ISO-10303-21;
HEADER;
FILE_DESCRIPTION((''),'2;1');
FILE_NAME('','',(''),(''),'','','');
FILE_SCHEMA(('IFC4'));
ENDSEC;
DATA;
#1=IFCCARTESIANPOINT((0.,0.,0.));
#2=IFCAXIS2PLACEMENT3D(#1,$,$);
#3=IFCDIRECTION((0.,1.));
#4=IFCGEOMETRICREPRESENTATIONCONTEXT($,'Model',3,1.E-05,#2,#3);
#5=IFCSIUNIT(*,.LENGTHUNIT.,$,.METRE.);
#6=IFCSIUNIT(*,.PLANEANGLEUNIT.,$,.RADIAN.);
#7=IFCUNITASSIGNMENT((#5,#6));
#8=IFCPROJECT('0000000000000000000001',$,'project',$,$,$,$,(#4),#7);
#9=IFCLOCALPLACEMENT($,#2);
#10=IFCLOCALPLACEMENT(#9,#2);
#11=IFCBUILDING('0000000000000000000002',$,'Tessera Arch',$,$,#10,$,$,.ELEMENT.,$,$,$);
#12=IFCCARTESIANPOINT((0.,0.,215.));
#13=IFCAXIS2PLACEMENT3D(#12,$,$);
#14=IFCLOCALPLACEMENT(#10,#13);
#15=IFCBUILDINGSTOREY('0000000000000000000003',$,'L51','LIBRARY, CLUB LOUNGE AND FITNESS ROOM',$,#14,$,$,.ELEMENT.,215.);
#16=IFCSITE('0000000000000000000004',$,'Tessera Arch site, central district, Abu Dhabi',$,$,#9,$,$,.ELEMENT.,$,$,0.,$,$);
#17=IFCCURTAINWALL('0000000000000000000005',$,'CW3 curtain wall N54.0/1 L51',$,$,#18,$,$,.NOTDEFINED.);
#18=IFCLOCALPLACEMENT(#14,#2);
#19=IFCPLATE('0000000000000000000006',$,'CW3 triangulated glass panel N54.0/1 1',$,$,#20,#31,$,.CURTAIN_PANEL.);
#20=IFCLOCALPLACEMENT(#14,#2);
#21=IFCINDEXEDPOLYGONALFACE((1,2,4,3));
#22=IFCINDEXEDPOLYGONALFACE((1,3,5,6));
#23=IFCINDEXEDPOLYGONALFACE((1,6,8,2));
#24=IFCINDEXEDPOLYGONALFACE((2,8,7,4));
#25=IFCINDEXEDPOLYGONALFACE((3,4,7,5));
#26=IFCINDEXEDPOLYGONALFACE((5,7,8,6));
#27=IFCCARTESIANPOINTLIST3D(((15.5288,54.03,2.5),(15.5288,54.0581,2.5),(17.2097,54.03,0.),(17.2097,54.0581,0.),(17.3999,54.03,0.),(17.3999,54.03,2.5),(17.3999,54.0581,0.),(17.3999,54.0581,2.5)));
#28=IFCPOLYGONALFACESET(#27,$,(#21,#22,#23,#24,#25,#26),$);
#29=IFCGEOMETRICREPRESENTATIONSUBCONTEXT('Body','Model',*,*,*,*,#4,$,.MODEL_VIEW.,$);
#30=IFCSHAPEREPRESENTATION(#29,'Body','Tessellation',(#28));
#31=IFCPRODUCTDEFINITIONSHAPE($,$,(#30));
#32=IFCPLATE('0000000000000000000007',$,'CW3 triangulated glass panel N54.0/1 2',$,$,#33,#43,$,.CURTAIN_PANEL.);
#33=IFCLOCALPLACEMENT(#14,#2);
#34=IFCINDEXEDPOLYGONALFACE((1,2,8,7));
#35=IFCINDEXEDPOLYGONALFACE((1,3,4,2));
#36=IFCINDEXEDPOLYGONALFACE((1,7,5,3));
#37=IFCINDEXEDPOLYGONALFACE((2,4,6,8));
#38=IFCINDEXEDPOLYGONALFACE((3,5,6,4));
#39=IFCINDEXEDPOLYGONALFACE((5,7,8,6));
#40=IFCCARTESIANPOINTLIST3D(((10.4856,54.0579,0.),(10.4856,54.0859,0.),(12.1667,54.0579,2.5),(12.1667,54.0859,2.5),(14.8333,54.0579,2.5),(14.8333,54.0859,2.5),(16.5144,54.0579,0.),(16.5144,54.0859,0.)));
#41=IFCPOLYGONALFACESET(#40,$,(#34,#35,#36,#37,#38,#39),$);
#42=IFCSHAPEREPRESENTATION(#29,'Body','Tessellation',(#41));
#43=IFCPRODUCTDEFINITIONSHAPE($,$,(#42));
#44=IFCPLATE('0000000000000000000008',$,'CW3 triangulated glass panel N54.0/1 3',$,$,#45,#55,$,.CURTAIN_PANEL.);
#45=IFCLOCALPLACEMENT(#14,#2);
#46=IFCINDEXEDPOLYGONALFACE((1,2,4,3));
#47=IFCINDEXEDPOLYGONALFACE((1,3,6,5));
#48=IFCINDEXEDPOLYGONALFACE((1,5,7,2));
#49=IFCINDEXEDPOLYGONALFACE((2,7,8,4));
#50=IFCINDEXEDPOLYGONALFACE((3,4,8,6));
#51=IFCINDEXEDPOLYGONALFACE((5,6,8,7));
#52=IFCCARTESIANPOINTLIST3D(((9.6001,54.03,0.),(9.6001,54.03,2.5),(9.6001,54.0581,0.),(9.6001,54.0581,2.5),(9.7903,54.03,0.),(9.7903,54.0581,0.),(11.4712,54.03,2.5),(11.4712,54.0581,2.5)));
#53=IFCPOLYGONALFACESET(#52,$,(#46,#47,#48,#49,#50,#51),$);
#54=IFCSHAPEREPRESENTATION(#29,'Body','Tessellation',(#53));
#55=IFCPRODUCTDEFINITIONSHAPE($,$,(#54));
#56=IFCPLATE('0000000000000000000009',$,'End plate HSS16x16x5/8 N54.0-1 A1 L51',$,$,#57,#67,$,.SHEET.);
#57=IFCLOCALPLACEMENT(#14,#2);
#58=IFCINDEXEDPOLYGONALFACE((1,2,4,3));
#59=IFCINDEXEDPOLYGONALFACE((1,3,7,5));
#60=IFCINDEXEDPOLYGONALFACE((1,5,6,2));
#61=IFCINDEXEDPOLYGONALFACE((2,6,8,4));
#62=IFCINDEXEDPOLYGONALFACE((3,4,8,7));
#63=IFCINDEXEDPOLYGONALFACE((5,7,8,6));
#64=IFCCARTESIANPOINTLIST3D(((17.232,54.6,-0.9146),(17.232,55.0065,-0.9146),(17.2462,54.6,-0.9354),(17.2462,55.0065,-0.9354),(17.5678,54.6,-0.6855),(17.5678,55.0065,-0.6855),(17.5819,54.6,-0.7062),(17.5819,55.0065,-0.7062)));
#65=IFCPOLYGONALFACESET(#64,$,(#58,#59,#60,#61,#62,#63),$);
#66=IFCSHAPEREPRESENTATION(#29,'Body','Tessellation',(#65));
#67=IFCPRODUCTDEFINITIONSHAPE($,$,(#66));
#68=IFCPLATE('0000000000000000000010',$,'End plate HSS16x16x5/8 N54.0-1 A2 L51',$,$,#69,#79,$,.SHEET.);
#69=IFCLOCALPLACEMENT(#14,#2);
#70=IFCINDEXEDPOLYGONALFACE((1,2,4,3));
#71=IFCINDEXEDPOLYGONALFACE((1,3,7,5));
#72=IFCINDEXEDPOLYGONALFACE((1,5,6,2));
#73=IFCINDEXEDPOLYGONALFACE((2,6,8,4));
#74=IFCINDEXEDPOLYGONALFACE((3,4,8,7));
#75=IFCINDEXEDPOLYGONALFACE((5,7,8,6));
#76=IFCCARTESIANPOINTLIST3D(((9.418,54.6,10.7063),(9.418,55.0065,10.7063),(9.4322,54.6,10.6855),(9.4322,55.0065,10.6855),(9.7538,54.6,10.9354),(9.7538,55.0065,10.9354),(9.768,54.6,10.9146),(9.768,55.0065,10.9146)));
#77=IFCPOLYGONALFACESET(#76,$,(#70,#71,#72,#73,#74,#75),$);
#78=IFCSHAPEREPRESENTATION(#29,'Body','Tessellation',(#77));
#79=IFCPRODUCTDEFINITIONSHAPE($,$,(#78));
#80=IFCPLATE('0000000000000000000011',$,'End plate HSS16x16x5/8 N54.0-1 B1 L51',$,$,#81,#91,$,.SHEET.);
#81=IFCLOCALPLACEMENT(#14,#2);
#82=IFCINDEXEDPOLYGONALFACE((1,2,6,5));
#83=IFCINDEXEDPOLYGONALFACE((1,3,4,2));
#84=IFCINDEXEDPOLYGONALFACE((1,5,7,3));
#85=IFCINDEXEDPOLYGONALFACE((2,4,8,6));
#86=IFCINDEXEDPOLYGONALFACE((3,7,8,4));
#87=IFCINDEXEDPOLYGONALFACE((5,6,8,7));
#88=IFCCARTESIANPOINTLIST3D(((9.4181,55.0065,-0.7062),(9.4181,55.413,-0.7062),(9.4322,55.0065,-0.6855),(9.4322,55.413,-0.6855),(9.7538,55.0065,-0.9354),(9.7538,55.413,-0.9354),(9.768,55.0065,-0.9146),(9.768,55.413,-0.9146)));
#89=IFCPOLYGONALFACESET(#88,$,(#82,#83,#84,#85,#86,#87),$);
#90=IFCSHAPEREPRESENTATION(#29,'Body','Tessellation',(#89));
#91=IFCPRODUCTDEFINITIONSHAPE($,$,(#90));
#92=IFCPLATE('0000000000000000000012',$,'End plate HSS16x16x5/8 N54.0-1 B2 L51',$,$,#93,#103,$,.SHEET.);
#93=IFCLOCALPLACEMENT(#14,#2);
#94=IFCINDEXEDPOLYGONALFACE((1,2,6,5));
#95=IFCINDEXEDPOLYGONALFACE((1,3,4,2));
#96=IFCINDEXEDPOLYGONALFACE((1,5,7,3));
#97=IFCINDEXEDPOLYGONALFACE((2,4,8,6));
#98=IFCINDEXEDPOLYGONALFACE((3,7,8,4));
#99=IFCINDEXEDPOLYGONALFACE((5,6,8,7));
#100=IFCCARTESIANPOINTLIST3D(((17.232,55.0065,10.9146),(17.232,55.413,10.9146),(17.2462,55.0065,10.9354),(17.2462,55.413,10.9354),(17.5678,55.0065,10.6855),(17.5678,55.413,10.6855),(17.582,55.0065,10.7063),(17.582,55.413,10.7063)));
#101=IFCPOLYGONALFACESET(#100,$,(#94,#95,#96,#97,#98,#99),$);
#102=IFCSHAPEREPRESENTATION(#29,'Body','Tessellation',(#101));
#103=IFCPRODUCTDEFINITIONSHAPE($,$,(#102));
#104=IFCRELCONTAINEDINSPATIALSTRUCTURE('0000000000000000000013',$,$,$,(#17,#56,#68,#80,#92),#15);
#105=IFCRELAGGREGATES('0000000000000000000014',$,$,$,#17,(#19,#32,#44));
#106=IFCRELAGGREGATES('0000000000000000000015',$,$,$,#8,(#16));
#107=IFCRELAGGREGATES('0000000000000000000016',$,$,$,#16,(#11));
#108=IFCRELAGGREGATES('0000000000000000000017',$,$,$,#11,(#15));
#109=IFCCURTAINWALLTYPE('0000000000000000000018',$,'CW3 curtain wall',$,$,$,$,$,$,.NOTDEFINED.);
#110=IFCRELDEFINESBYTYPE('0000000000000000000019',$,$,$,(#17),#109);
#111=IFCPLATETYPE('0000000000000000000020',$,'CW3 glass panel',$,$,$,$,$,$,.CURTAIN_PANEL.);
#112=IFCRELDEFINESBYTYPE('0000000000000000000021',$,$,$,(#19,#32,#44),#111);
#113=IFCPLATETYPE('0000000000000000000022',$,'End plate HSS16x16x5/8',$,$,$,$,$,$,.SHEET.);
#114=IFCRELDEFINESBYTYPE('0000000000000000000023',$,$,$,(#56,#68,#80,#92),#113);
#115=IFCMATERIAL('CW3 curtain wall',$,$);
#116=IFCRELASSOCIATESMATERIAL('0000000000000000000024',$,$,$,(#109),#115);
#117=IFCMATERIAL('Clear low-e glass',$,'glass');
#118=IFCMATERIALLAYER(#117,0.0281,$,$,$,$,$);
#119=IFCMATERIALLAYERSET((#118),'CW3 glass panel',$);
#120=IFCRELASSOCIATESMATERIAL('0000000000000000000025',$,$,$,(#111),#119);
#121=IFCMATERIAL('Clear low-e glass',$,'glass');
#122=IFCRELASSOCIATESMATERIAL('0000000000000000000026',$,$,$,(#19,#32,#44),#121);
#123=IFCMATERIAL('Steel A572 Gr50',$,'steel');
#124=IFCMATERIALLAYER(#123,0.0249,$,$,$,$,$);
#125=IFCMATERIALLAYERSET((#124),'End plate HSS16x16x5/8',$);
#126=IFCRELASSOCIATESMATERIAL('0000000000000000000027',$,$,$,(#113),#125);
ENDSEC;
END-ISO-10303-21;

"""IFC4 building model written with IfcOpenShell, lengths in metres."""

from ifc_helpers import new_model, si_unit, direction, frame, origin, origin_2d, place, context, subcontext, project, spatial, polyline, rectangle, outline, extrude, material, layer, layer_set, type_object, element, aggregate, save


model = new_model("IFC4")

# Units and contexts
model_context = context("Model", 3, precision=1e-05, world=origin(), true_north=direction((0.0, 1.0)))
body_context = subcontext(model_context, "Body", "Model", "MODEL_VIEW")
ifc_project = project(units=[si_unit("LENGTHUNIT", "METRE"), si_unit("PLANEANGLEUNIT", "RADIAN")], contexts=[model_context])

# Site, building, storey
site_placement = place(None, origin())
site = spatial("IfcSite", under=ifc_project, at=site_placement, Name="Tessera Arch site, central district, Abu Dhabi", CompositionType="ELEMENT", RefElevation=0.0)
building_placement = place(site_placement, origin())
building = spatial("IfcBuilding", under=site, at=building_placement, Name="Tessera Arch", CompositionType="ELEMENT")
storey_placement = place(building_placement, frame((0.0, 0.0, 215.0)))
storey = spatial("IfcBuildingStorey", under=building, at=storey_placement, Name="L51", Description="LIBRARY, CLUB LOUNGE AND FITNESS ROOM", CompositionType="ELEMENT", Elevation=215.0)

# Curtain wall
ifc_material_1 = material(Name="CW3 curtain wall")
curtain_wall_type_1 = type_object("IfcCurtainWallType", Name="CW3 curtain wall", PredefinedType="NOTDEFINED", material=ifc_material_1)
curtain_wall_1_placement = place(storey_placement, origin())
curtain_wall_1 = element("IfcCurtainWall", 1, at=curtain_wall_1_placement, inside=storey, type_object=curtain_wall_type_1, Name="CW3 curtain wall N54.0/1 L51", PredefinedType="NOTDEFINED")

# Plates
ifc_material_2 = material(Name="Clear low-e glass", Category="glass")
ifc_material_3 = material(Name="Clear low-e glass", Category="glass")
ifc_layer_1 = layer(ifc_material_3, 0.0281)
ifc_layer_set_1 = layer_set([ifc_layer_1], Name="CW3 glass panel")
plate_type_1 = type_object("IfcPlateType", Name="CW3 glass panel", PredefinedType="CURTAIN_PANEL", material=ifc_layer_set_1)
plate_1_placement = place(storey_placement, frame((17.3999, 54.0581, 0.0), z_axis=(0.0, 1.0, 0.0), x_axis=(-1.0, 0.0, 0.0)))
plate_1 = element("IfcPlate", 2, at=plate_1_placement, type_object=plate_type_1, material=ifc_material_2, Name="CW3 triangulated glass panel N54.0/1 1", PredefinedType="CURTAIN_PANEL", context=body_context, shape_type="SweptSolid", body=[
    extrude(outline(polyline([(0.0, 0.0), (0.1902, 0.0), (1.8711, 2.5), (0.0, 2.5), (0.0, 0.0)])), origin(), (0.0, 0.0, -1.0), 0.0281),
])
plate_2_placement = place(storey_placement, frame((12.1667, 54.0859, 2.5), z_axis=(0.0, 1.0, 0.0), x_axis=(1.0, 0.0, 0.0)))
plate_2 = element("IfcPlate", 3, at=plate_2_placement, type_object=plate_type_1, material=ifc_material_2, Name="CW3 triangulated glass panel N54.0/1 2", PredefinedType="CURTAIN_PANEL", context=body_context, shape_type="SweptSolid", body=[
    extrude(outline(polyline([(0.0, 0.0), (2.6665, 0.0), (4.3477, 2.5), (-1.6812, 2.5), (0.0, 0.0)])), origin(), (0.0, 0.0, -1.0), 0.0281),
])
plate_3_placement = place(storey_placement, frame((9.6001, 54.0581, 2.5), z_axis=(0.0, 1.0, 0.0), x_axis=(1.0, 0.0, 0.0)))
plate_3 = element("IfcPlate", 4, at=plate_3_placement, type_object=plate_type_1, material=ifc_material_2, Name="CW3 triangulated glass panel N54.0/1 3", PredefinedType="CURTAIN_PANEL", context=body_context, shape_type="SweptSolid", body=[
    extrude(outline(polyline([(0.0, 0.0), (1.8711, 0.0), (0.1902, 2.5), (0.0, 2.5), (0.0, 0.0)])), origin(), (0.0, 0.0, -1.0), 0.0281),
])
aggregate(curtain_wall_1, [plate_1, plate_2, plate_3])

# Plates
ifc_material_4 = material(Name="Steel A572 Gr50", Category="steel")
ifc_layer_2 = layer(ifc_material_4, 0.0249)
ifc_layer_set_2 = layer_set([ifc_layer_2], Name="End plate HSS16x16x5/8")
plate_type_2 = type_object("IfcPlateType", Name="End plate HSS16x16x5/8", PredefinedType="SHEET", material=ifc_layer_set_2)
for number, where, z_axis, x_axis, name in (
    (5, (17.4141, 54.8032, -0.8208), (-0.563638, 0.0, 0.826022), (0.0, -1.0, 0.0), "End plate HSS16x16x5/8 N54.0-1 A1 L51"),
    (6, (9.6001, 54.8032, 10.8), (-0.563638, 0.0, 0.826022), (0.0, -1.0, 0.0), "End plate HSS16x16x5/8 N54.0-1 A2 L51"),
    (7, (9.5859, 55.2097, -0.8208), (0.563638, 0.0, 0.826022), (0.0, 1.0, 0.0), "End plate HSS16x16x5/8 N54.0-1 B1 L51"),
    (8, (17.3999, 55.2097, 10.8), (0.563638, 0.0, 0.826022), (0.0, 1.0, 0.0), "End plate HSS16x16x5/8 N54.0-1 B2 L51"),
):
    element("IfcPlate", number, at=place(storey_placement, frame(where, z_axis=z_axis, x_axis=x_axis)), inside=storey, type_object=plate_type_2, Name=name, PredefinedType="SHEET", context=body_context, shape_type="SweptSolid", body=[
        extrude(rectangle(XDim=0.4065, YDim=0.4065, at=origin_2d()), origin(), (0.0, 0.0, 1.0), 0.0251),
    ])

save(model, "model.ifc")
